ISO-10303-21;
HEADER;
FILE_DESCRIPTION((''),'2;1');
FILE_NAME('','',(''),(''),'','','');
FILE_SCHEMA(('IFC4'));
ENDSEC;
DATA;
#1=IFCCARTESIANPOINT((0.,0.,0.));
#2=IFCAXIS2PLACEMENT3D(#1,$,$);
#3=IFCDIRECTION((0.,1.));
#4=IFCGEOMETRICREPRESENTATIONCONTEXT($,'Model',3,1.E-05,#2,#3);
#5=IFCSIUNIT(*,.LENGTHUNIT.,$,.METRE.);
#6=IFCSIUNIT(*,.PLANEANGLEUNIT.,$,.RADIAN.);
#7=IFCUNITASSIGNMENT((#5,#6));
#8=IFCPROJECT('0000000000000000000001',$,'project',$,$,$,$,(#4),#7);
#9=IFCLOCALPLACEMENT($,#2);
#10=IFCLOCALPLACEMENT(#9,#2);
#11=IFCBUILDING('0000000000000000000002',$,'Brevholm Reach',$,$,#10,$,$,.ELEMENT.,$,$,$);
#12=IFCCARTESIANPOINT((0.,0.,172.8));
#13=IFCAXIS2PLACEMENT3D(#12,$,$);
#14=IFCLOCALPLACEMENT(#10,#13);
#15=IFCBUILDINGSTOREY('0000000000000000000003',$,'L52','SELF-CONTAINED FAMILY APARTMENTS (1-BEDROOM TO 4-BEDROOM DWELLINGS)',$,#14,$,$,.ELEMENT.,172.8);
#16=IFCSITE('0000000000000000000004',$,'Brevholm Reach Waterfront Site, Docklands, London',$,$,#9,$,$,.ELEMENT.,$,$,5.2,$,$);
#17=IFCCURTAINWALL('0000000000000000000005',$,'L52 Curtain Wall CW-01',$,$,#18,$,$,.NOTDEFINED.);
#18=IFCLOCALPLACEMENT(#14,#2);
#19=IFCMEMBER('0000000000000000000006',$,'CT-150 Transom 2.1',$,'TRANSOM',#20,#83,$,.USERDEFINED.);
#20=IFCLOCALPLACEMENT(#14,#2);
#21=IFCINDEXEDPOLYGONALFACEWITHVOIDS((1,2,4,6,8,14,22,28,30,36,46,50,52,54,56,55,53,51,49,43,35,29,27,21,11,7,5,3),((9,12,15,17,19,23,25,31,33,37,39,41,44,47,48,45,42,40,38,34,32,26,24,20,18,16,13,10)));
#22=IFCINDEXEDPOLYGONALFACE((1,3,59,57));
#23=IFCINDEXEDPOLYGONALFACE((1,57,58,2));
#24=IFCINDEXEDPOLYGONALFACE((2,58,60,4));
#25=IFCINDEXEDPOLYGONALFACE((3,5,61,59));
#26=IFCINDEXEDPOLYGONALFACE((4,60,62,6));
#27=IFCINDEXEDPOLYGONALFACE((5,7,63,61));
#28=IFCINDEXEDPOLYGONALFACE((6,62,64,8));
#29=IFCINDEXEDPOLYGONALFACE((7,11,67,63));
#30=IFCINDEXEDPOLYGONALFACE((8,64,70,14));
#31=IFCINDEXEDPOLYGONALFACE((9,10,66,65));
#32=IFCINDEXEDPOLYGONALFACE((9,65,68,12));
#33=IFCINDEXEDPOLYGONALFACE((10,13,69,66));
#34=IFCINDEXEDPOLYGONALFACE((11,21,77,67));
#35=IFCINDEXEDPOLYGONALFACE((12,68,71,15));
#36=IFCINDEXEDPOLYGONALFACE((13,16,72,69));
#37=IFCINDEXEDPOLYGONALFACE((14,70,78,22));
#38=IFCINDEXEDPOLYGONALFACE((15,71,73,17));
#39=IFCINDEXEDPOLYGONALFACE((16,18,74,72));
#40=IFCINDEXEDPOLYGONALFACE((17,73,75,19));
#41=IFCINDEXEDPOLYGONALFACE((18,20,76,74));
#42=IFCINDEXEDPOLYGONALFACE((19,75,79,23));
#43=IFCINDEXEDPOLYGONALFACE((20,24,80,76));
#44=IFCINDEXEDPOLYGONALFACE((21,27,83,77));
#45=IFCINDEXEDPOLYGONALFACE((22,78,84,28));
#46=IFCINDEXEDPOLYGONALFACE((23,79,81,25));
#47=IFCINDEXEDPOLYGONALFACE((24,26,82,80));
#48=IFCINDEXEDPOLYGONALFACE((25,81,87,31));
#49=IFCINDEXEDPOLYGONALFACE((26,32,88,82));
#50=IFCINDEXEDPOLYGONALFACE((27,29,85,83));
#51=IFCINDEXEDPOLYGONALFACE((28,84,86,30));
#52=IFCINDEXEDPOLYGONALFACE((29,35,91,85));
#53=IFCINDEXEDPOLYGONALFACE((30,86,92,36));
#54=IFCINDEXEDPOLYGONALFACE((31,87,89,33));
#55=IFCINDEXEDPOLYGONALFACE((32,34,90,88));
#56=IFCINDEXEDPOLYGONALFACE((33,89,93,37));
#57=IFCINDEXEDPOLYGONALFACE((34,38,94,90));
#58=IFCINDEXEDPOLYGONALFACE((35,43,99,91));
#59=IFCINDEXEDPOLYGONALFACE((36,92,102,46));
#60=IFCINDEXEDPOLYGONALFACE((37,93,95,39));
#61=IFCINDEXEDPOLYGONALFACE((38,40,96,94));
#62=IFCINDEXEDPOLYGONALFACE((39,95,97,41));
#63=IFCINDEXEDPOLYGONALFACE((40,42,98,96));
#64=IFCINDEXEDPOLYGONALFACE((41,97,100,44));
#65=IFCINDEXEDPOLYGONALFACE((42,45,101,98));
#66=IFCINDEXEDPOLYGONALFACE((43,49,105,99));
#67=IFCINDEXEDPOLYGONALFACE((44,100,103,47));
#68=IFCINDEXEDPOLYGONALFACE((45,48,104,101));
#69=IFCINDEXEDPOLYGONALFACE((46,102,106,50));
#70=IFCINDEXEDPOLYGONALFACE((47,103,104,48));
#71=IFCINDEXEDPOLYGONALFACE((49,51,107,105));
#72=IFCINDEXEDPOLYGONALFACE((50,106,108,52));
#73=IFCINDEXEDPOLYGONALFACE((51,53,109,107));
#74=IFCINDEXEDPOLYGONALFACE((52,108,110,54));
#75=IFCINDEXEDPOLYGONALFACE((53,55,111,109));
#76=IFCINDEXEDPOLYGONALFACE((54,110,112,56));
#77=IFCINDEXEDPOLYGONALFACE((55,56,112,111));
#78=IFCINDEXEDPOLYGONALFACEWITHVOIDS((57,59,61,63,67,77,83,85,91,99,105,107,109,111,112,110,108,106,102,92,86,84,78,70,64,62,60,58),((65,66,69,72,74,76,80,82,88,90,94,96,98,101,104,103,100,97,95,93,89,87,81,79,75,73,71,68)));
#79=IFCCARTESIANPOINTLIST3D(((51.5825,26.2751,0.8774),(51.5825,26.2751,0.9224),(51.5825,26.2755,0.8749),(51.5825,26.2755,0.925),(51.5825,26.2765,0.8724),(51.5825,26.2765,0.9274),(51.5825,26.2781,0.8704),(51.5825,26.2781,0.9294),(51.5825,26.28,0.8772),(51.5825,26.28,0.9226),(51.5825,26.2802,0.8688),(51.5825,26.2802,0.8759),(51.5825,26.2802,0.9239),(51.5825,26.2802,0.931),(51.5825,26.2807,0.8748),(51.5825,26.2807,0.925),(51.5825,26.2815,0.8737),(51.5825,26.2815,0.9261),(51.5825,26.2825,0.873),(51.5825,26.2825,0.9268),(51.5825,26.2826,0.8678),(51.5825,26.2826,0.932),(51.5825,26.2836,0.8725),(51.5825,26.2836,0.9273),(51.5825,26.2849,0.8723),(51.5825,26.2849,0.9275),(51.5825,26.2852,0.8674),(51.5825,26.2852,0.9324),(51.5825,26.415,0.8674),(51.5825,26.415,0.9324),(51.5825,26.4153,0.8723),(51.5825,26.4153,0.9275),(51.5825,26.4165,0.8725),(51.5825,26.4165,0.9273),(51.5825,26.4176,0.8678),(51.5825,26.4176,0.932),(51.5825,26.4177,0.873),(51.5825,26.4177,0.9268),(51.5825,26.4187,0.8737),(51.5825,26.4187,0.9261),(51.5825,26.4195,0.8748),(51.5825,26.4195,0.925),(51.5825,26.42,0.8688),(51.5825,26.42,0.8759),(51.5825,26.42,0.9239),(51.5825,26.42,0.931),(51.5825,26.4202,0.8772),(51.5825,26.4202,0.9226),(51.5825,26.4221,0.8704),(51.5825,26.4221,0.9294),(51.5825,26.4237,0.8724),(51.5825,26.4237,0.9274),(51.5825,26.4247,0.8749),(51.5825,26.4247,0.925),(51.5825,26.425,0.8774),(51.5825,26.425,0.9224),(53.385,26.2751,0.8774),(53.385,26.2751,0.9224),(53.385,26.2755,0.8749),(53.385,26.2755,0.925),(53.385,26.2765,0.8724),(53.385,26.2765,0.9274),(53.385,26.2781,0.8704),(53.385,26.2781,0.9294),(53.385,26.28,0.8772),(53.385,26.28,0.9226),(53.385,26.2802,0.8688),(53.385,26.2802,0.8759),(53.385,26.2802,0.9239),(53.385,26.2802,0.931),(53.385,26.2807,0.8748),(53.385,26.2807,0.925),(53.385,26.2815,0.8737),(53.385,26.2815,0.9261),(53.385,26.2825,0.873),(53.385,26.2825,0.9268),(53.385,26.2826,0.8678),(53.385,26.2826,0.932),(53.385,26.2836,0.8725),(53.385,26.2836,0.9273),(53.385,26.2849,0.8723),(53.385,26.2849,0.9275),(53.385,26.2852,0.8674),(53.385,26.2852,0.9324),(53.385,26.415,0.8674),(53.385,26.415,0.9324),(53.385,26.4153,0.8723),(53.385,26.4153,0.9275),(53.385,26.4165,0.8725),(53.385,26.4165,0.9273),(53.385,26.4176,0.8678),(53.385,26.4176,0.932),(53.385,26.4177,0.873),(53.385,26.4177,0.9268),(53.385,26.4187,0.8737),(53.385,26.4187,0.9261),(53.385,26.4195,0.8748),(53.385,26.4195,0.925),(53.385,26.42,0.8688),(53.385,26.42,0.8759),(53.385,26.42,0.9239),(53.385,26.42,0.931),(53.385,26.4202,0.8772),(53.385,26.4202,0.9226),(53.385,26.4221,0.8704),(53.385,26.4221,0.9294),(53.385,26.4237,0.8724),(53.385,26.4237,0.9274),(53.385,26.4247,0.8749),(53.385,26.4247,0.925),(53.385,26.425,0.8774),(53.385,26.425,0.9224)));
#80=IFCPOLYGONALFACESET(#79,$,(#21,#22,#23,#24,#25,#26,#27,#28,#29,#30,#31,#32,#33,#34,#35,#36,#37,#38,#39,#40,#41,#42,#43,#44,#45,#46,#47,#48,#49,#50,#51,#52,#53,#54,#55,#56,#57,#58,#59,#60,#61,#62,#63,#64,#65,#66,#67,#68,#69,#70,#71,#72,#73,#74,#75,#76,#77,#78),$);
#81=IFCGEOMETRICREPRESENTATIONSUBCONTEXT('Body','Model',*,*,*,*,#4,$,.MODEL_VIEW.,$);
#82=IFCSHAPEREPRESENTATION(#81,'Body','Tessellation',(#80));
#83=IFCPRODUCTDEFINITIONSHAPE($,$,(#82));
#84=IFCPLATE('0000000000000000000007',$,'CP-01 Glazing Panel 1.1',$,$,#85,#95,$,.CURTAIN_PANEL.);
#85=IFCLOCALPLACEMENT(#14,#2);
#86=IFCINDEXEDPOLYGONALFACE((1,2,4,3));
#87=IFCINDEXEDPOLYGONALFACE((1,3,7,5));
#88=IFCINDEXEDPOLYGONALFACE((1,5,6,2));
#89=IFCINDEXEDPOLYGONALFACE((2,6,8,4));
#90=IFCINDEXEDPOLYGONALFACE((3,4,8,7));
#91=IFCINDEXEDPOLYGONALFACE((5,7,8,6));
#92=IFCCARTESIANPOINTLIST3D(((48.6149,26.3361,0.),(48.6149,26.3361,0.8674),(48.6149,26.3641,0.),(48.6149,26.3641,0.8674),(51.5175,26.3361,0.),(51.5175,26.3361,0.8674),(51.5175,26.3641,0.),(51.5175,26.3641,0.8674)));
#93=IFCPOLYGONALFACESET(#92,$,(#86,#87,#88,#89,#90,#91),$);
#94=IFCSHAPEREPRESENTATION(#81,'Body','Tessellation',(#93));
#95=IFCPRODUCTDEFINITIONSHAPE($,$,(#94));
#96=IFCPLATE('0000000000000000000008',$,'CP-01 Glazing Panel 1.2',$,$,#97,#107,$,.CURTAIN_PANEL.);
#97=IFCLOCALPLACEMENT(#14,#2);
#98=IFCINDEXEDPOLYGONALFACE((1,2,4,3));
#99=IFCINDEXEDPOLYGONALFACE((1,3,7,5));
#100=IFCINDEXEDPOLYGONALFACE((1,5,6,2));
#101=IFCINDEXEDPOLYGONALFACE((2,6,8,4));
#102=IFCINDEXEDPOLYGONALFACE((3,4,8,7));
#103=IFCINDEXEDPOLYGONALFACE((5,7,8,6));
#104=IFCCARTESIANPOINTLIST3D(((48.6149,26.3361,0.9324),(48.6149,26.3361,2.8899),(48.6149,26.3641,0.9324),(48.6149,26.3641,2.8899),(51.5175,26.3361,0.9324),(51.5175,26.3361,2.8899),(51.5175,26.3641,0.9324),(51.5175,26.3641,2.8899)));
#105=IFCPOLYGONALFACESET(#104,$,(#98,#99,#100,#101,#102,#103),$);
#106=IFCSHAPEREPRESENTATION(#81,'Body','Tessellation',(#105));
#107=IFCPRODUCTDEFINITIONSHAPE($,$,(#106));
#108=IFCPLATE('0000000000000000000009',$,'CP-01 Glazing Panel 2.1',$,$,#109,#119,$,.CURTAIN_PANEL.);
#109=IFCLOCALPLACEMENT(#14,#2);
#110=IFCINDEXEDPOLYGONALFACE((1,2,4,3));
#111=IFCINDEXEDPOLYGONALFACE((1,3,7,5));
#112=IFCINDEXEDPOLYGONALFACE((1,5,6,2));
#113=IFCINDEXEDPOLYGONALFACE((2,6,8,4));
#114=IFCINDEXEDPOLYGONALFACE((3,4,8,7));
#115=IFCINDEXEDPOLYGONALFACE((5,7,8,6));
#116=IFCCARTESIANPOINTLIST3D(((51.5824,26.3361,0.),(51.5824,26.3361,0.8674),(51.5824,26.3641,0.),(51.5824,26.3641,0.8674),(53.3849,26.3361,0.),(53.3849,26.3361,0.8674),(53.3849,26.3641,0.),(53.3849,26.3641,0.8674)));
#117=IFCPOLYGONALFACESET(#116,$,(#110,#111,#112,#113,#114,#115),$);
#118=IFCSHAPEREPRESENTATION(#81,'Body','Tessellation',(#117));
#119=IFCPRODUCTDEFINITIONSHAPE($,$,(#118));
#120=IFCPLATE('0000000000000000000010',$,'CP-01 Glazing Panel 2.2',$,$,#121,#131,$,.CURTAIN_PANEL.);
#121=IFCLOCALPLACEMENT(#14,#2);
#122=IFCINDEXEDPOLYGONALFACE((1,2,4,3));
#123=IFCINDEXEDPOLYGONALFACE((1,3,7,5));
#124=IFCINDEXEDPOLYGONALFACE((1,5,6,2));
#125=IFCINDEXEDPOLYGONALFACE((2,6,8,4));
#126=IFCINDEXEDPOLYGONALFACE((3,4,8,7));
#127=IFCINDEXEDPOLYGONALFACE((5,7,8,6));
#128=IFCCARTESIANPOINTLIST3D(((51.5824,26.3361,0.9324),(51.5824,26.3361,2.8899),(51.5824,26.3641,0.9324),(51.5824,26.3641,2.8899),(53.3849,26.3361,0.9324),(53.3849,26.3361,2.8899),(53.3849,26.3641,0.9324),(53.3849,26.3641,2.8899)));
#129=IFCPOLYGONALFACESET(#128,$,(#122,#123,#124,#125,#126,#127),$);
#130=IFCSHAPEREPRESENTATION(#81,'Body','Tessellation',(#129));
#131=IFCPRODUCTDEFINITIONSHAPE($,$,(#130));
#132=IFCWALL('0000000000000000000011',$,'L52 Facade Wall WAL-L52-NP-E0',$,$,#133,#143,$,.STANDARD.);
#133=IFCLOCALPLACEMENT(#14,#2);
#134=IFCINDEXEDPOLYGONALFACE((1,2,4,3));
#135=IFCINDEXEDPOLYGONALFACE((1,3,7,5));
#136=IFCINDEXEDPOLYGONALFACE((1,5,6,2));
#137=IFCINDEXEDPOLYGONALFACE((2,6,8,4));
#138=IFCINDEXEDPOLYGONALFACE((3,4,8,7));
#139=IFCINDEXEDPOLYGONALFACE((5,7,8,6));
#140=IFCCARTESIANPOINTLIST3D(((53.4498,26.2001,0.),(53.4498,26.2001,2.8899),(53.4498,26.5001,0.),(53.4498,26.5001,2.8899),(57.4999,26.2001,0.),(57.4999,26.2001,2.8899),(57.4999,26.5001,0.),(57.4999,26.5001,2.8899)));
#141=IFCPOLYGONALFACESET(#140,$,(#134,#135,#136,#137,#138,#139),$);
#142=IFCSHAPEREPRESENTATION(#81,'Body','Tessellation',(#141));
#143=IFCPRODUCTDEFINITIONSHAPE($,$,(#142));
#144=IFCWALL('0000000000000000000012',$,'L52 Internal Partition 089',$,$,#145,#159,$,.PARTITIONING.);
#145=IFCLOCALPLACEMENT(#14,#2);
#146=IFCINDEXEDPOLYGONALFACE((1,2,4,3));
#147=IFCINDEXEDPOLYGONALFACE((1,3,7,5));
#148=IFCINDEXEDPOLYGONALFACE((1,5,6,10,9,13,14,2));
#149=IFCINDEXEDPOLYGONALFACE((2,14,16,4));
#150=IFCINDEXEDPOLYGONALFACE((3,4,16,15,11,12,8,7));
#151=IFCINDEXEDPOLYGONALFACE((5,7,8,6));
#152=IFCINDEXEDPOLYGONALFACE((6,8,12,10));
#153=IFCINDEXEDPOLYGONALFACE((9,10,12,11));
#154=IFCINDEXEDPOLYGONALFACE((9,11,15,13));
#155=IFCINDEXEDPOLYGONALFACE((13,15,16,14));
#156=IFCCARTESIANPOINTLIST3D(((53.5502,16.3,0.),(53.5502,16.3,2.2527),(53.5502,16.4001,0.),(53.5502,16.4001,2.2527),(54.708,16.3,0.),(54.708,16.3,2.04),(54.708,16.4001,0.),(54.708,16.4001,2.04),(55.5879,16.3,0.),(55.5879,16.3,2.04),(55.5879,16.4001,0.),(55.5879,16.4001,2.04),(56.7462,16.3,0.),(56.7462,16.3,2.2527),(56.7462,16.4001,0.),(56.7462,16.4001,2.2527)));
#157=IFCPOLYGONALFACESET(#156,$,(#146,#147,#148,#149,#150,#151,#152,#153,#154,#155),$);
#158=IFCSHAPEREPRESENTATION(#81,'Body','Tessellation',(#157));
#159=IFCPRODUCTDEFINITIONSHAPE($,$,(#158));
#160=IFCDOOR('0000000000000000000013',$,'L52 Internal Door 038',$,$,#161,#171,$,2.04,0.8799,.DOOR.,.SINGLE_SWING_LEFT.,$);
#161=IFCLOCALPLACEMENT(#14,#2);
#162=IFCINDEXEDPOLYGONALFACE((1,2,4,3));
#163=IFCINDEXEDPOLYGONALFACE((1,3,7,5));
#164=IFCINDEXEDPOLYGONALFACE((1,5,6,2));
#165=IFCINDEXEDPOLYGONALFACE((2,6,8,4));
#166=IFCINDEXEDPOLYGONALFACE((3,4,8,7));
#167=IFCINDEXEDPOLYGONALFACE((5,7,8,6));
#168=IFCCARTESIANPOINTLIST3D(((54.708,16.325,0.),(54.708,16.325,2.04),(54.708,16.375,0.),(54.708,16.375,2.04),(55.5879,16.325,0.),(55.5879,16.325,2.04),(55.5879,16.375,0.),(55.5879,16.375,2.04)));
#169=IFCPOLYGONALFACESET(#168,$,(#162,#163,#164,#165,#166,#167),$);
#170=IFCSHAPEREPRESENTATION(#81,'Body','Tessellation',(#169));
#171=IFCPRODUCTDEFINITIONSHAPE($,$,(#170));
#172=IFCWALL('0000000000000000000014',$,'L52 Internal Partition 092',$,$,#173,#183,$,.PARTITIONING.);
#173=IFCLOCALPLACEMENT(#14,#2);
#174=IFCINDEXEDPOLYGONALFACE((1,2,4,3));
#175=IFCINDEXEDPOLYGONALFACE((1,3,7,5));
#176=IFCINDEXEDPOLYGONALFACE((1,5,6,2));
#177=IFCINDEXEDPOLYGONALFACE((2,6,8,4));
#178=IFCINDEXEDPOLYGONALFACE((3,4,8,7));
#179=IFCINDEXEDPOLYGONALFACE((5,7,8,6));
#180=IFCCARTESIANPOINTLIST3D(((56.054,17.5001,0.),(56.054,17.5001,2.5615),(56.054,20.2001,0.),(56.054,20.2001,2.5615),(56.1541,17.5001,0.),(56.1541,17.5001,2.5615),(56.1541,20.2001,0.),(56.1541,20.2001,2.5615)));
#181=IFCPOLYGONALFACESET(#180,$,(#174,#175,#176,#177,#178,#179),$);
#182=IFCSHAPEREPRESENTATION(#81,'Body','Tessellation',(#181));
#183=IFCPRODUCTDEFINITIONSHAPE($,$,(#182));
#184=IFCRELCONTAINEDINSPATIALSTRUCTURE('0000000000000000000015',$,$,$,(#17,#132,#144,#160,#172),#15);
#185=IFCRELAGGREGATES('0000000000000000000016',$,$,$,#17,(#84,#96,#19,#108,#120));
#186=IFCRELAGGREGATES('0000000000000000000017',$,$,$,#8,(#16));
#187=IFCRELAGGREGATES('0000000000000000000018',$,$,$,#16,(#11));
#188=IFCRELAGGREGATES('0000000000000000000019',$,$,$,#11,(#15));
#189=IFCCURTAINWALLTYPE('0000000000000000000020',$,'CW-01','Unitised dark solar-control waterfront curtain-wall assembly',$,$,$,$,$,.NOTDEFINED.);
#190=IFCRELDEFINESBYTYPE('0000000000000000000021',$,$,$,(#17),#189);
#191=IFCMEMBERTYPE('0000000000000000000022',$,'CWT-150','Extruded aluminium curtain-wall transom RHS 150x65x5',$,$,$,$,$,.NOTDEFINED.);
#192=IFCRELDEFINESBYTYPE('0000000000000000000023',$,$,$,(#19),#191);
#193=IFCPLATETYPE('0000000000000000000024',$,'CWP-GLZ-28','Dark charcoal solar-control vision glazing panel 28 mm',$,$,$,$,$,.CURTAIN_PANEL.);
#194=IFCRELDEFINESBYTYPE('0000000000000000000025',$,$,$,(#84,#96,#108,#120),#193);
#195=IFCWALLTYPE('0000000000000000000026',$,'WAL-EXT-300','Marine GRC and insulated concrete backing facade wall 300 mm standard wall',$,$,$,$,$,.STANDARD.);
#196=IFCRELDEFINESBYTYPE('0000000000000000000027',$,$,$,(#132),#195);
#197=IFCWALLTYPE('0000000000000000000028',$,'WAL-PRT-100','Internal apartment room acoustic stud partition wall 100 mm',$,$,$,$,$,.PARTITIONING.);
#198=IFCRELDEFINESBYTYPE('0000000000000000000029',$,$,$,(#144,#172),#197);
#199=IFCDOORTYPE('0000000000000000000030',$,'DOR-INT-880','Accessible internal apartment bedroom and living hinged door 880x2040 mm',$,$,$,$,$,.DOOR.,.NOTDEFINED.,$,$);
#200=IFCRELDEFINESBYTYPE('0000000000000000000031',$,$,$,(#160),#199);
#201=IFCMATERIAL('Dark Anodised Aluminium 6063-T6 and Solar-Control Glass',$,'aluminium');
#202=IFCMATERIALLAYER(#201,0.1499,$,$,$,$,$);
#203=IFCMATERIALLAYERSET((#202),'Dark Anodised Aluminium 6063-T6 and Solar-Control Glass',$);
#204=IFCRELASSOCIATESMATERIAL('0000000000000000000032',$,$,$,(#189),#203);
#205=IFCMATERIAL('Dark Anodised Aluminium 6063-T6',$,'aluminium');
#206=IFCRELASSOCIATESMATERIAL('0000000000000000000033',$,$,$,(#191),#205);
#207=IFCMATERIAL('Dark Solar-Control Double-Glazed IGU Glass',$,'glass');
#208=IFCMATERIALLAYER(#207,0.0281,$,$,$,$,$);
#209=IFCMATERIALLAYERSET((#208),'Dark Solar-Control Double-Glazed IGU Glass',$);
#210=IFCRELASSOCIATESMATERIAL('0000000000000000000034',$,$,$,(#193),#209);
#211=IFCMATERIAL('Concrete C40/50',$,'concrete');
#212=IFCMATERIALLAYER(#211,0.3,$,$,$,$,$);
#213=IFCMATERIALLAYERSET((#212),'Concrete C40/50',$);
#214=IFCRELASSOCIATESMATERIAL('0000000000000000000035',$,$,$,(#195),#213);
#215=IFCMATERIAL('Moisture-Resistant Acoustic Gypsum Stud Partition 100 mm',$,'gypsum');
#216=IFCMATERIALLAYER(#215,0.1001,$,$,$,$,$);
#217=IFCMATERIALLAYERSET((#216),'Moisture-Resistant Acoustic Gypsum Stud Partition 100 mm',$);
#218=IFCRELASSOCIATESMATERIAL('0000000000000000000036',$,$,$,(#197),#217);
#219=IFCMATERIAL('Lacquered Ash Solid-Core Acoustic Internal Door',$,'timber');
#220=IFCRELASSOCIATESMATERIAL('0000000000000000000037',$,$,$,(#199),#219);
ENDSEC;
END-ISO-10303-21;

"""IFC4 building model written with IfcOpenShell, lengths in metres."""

from ifc_helpers import new_model, si_unit, direction, frame, frame_2d, origin, origin_2d, place, context, subcontext, project, spatial, rectangle, hollow_rectangle, extrude, material, layer, layer_set, material_profile, profile_set, type_object, element, fill, aggregate, save


model = new_model("IFC4")

# Units and contexts
model_context = context("Model", 3, precision=1e-05, world=origin(), true_north=direction((0.0, 1.0)))
body_context = subcontext(model_context, "Body", "Model", "MODEL_VIEW")
ifc_project = project(units=[si_unit("LENGTHUNIT", "METRE"), si_unit("PLANEANGLEUNIT", "RADIAN")], contexts=[model_context])

# Site, building, storey
site_placement = place(None, origin())
site = spatial("IfcSite", under=ifc_project, at=site_placement, Name="Brevholm Reach Waterfront Site, Docklands, London", CompositionType="ELEMENT", RefElevation=5.2)
building_placement = place(site_placement, origin())
building = spatial("IfcBuilding", under=site, at=building_placement, Name="Brevholm Reach", CompositionType="ELEMENT")
storey_placement = place(building_placement, frame((0.0, 0.0, 172.8)))
storey = spatial("IfcBuildingStorey", under=building, at=storey_placement, Name="L52", Description="SELF-CONTAINED FAMILY APARTMENTS (1-BEDROOM TO 4-BEDROOM DWELLINGS)", CompositionType="ELEMENT", Elevation=172.8)

# Curtain wall, member, plates
ifc_material_1 = material(Name="Dark Anodised Aluminium 6063-T6 and Solar-Control Glass", Category="aluminium")
ifc_layer_1 = layer(ifc_material_1, 0.1499)
ifc_layer_set_1 = layer_set([ifc_layer_1], Name="Dark Anodised Aluminium 6063-T6 and Solar-Control Glass")
curtain_wall_type = type_object("IfcCurtainWallType", Name="CW-01", Description="Unitised dark solar-control waterfront curtain-wall assembly", PredefinedType="NOTDEFINED", material=ifc_layer_set_1)
curtain_wall_placement = place(storey_placement, origin())
curtain_wall = element("IfcCurtainWall", 1, at=curtain_wall_placement, inside=storey, type_object=curtain_wall_type, Name="L52 Curtain Wall CW-01", PredefinedType="NOTDEFINED")
ifc_material_2 = material(Name="Dark Anodised Aluminium 6063-T6", Category="aluminium")
ifc_material_profile_1 = material_profile(ifc_material_2, hollow_rectangle(XDim=0.0649, YDim=0.1499, WallThickness=0.0049, InnerFilletRadius=0.0049, OuterFilletRadius=0.01, at=origin_2d()), Name="RHS 150x65x5")
ifc_profile_set_1 = profile_set([ifc_material_profile_1], Name="Dark Anodised Aluminium 6063-T6")
member_type_1 = type_object("IfcMemberType", Name="CWT-150", Description="Extruded aluminium curtain-wall transom RHS 150x65x5", PredefinedType="NOTDEFINED", material=ifc_profile_set_1)
member_1_placement = place(storey_placement, frame((51.5825, 26.3501, 0.8999), z_axis=(1.0, 0.0, 0.0), x_axis=(0.0, 0.0, 1.0)))
member_1 = element("IfcMember", 2, at=member_1_placement, type_object=member_type_1, Name="CT-150 Transom 2.1", ObjectType="TRANSOM", PredefinedType="USERDEFINED", context=body_context, shape_type="SweptSolid", body=[
    extrude(hollow_rectangle(XDim=0.0649, YDim=0.1499, WallThickness=0.0049, InnerFilletRadius=0.0049, OuterFilletRadius=0.01, at=origin_2d()), origin(), (0.0, 0.0, 1.0), 1.8025),
])
ifc_material_3 = material(Name="Dark Solar-Control Double-Glazed IGU Glass", Category="glass")
ifc_layer_2 = layer(ifc_material_3, 0.0281)
ifc_layer_set_2 = layer_set([ifc_layer_2], Name="Dark Solar-Control Double-Glazed IGU Glass")
plate_type = type_object("IfcPlateType", Name="CWP-GLZ-28", Description="Dark charcoal solar-control vision glazing panel 28 mm", PredefinedType="CURTAIN_PANEL", material=ifc_layer_set_2)
plate_1_placement = place(storey_placement, frame((50.0662, 26.3501, 0.0), z_axis=(0.0, 0.0, 1.0), x_axis=(1.0, 0.0, 0.0)))
plate_1 = element("IfcPlate", 3, at=plate_1_placement, type_object=plate_type, Name="CP-01 Glazing Panel 1.1", PredefinedType="CURTAIN_PANEL", context=body_context, shape_type="SweptSolid", body=[
    extrude(rectangle(XDim=2.9026, YDim=0.0281, at=origin_2d()), origin(), (0.0, 0.0, 1.0), 0.8674),
])
plate_2_placement = place(storey_placement, frame((50.0662, 26.3501, 0.9324), z_axis=(0.0, 0.0, 1.0), x_axis=(1.0, 0.0, 0.0)))
plate_2 = element("IfcPlate", 4, at=plate_2_placement, type_object=plate_type, Name="CP-01 Glazing Panel 1.2", PredefinedType="CURTAIN_PANEL", context=body_context, shape_type="SweptSolid", body=[
    extrude(rectangle(XDim=2.9026, YDim=0.0281, at=origin_2d()), origin(), (0.0, 0.0, 1.0), 1.9575),
])
plate_3_placement = place(storey_placement, frame((52.4836, 26.3501, 0.0), z_axis=(0.0, 0.0, 1.0), x_axis=(1.0, 0.0, 0.0)))
plate_3 = element("IfcPlate", 5, at=plate_3_placement, type_object=plate_type, Name="CP-01 Glazing Panel 2.1", PredefinedType="CURTAIN_PANEL", context=body_context, shape_type="SweptSolid", body=[
    extrude(rectangle(XDim=1.8025, YDim=0.0281, at=origin_2d()), origin(), (0.0, 0.0, 1.0), 0.8674),
])
plate_4_placement = place(storey_placement, frame((52.4836, 26.3501, 0.9324), z_axis=(0.0, 0.0, 1.0), x_axis=(1.0, 0.0, 0.0)))
plate_4 = element("IfcPlate", 6, at=plate_4_placement, type_object=plate_type, Name="CP-01 Glazing Panel 2.2", PredefinedType="CURTAIN_PANEL", context=body_context, shape_type="SweptSolid", body=[
    extrude(rectangle(XDim=1.8025, YDim=0.0281, at=origin_2d()), origin(), (0.0, 0.0, 1.0), 1.9575),
])
aggregate(curtain_wall, [plate_1, plate_2, member_1, plate_3, plate_4])

# Wall
ifc_material_4 = material(Name="Concrete C40/50", Category="concrete")
ifc_layer_3 = layer(ifc_material_4, 0.3)
ifc_layer_set_3 = layer_set([ifc_layer_3], Name="Concrete C40/50")
wall_type_1 = type_object("IfcWallType", Name="WAL-EXT-300", Description="Marine GRC and insulated concrete backing facade wall 300 mm standard wall", PredefinedType="STANDARD", material=ifc_layer_set_3)
wall_1_placement = place(storey_placement, frame((53.45, 26.3501, 0.0), z_axis=(0.0, 0.0, 1.0), x_axis=(1.0, 0.0, 0.0)))
element("IfcWall", 7, at=wall_1_placement, inside=storey, type_object=wall_type_1, Name="L52 Facade Wall WAL-L52-NP-E0", PredefinedType="STANDARD", context=body_context, shape_type="SweptSolid", body=[
    extrude(rectangle(XDim=4.05, YDim=0.3, at=frame_2d((2.0249, 0.0))), origin(), (0.0, 0.0, 1.0), 2.8899),
])

# Wall, opening, door
ifc_material_5 = material(Name="Moisture-Resistant Acoustic Gypsum Stud Partition 100 mm", Category="gypsum")
ifc_layer_4 = layer(ifc_material_5, 0.1001)
ifc_layer_set_4 = layer_set([ifc_layer_4], Name="Moisture-Resistant Acoustic Gypsum Stud Partition 100 mm")
wall_type_2 = type_object("IfcWallType", Name="WAL-PRT-100", Description="Internal apartment room acoustic stud partition wall 100 mm", PredefinedType="PARTITIONING", material=ifc_layer_set_4)
wall_2_placement = place(storey_placement, frame((53.55, 16.3501, 0.0), z_axis=(0.0, 0.0, 1.0), x_axis=(1.0, 0.0, 0.0)))
wall_2 = element("IfcWall", 8, at=wall_2_placement, inside=storey, type_object=wall_type_2, Name="L52 Internal Partition 089", PredefinedType="PARTITIONING", context=body_context, shape_type="SweptSolid", body=[
    extrude(rectangle(XDim=3.196, YDim=0.1001, at=frame_2d((1.5981, 0.0))), origin(), (0.0, 0.0, 1.0), 2.2527),
])
opening_1_placement = place(wall_2_placement, frame((1.158, 0.0, 0.0)))
opening_1 = element("IfcOpeningElement", 9, at=opening_1_placement, cuts=wall_2, PredefinedType="OPENING", context=body_context, shape_type="SweptSolid", body=[
    extrude(rectangle(XDim=0.8799, YDim=2.04, at=frame_2d((0.4399, 1.02))), frame((0.0, 0.0601, 0.0), z_axis=(0.0, -1.0, 0.0), x_axis=(1.0, 0.0, 0.0)), (0.0, 0.0, 1.0), 0.1201),
])
ifc_material_6 = material(Name="Lacquered Ash Solid-Core Acoustic Internal Door", Category="timber")
door_type_1 = type_object("IfcDoorType", Name="DOR-INT-880", Description="Accessible internal apartment bedroom and living hinged door 880x2040 mm", OperationType="NOTDEFINED", PredefinedType="DOOR", material=ifc_material_6)
door_1_placement = place(opening_1_placement, origin())
door_1 = element("IfcDoor", 10, at=door_1_placement, inside=storey, type_object=door_type_1, Name="L52 Internal Door 038", OperationType="SINGLE_SWING_LEFT", OverallHeight=2.04, OverallWidth=0.8799, PredefinedType="DOOR", context=body_context, shape_type="SweptSolid", body=[
    extrude(rectangle(XDim=0.8799, YDim=2.04, at=frame_2d((0.4399, 1.02))), frame((0.0, 0.0249, 0.0), z_axis=(0.0, -1.0, 0.0), x_axis=(1.0, 0.0, 0.0)), (0.0, 0.0, 1.0), 0.05),
])
fill(opening_1, door_1)

# Wall
wall_3_placement = place(storey_placement, frame((56.104, 17.5, 0.0), z_axis=(0.0, 0.0, 1.0), x_axis=(0.0, 1.0, 0.0)))
element("IfcWall", 11, at=wall_3_placement, inside=storey, type_object=wall_type_2, Name="L52 Internal Partition 092", PredefinedType="PARTITIONING", context=body_context, shape_type="SweptSolid", body=[
    extrude(rectangle(XDim=2.7, YDim=0.1001, at=frame_2d((1.3501, 0.0))), origin(), (0.0, 0.0, 1.0), 2.5615),
])

save(model, "model.ifc")
